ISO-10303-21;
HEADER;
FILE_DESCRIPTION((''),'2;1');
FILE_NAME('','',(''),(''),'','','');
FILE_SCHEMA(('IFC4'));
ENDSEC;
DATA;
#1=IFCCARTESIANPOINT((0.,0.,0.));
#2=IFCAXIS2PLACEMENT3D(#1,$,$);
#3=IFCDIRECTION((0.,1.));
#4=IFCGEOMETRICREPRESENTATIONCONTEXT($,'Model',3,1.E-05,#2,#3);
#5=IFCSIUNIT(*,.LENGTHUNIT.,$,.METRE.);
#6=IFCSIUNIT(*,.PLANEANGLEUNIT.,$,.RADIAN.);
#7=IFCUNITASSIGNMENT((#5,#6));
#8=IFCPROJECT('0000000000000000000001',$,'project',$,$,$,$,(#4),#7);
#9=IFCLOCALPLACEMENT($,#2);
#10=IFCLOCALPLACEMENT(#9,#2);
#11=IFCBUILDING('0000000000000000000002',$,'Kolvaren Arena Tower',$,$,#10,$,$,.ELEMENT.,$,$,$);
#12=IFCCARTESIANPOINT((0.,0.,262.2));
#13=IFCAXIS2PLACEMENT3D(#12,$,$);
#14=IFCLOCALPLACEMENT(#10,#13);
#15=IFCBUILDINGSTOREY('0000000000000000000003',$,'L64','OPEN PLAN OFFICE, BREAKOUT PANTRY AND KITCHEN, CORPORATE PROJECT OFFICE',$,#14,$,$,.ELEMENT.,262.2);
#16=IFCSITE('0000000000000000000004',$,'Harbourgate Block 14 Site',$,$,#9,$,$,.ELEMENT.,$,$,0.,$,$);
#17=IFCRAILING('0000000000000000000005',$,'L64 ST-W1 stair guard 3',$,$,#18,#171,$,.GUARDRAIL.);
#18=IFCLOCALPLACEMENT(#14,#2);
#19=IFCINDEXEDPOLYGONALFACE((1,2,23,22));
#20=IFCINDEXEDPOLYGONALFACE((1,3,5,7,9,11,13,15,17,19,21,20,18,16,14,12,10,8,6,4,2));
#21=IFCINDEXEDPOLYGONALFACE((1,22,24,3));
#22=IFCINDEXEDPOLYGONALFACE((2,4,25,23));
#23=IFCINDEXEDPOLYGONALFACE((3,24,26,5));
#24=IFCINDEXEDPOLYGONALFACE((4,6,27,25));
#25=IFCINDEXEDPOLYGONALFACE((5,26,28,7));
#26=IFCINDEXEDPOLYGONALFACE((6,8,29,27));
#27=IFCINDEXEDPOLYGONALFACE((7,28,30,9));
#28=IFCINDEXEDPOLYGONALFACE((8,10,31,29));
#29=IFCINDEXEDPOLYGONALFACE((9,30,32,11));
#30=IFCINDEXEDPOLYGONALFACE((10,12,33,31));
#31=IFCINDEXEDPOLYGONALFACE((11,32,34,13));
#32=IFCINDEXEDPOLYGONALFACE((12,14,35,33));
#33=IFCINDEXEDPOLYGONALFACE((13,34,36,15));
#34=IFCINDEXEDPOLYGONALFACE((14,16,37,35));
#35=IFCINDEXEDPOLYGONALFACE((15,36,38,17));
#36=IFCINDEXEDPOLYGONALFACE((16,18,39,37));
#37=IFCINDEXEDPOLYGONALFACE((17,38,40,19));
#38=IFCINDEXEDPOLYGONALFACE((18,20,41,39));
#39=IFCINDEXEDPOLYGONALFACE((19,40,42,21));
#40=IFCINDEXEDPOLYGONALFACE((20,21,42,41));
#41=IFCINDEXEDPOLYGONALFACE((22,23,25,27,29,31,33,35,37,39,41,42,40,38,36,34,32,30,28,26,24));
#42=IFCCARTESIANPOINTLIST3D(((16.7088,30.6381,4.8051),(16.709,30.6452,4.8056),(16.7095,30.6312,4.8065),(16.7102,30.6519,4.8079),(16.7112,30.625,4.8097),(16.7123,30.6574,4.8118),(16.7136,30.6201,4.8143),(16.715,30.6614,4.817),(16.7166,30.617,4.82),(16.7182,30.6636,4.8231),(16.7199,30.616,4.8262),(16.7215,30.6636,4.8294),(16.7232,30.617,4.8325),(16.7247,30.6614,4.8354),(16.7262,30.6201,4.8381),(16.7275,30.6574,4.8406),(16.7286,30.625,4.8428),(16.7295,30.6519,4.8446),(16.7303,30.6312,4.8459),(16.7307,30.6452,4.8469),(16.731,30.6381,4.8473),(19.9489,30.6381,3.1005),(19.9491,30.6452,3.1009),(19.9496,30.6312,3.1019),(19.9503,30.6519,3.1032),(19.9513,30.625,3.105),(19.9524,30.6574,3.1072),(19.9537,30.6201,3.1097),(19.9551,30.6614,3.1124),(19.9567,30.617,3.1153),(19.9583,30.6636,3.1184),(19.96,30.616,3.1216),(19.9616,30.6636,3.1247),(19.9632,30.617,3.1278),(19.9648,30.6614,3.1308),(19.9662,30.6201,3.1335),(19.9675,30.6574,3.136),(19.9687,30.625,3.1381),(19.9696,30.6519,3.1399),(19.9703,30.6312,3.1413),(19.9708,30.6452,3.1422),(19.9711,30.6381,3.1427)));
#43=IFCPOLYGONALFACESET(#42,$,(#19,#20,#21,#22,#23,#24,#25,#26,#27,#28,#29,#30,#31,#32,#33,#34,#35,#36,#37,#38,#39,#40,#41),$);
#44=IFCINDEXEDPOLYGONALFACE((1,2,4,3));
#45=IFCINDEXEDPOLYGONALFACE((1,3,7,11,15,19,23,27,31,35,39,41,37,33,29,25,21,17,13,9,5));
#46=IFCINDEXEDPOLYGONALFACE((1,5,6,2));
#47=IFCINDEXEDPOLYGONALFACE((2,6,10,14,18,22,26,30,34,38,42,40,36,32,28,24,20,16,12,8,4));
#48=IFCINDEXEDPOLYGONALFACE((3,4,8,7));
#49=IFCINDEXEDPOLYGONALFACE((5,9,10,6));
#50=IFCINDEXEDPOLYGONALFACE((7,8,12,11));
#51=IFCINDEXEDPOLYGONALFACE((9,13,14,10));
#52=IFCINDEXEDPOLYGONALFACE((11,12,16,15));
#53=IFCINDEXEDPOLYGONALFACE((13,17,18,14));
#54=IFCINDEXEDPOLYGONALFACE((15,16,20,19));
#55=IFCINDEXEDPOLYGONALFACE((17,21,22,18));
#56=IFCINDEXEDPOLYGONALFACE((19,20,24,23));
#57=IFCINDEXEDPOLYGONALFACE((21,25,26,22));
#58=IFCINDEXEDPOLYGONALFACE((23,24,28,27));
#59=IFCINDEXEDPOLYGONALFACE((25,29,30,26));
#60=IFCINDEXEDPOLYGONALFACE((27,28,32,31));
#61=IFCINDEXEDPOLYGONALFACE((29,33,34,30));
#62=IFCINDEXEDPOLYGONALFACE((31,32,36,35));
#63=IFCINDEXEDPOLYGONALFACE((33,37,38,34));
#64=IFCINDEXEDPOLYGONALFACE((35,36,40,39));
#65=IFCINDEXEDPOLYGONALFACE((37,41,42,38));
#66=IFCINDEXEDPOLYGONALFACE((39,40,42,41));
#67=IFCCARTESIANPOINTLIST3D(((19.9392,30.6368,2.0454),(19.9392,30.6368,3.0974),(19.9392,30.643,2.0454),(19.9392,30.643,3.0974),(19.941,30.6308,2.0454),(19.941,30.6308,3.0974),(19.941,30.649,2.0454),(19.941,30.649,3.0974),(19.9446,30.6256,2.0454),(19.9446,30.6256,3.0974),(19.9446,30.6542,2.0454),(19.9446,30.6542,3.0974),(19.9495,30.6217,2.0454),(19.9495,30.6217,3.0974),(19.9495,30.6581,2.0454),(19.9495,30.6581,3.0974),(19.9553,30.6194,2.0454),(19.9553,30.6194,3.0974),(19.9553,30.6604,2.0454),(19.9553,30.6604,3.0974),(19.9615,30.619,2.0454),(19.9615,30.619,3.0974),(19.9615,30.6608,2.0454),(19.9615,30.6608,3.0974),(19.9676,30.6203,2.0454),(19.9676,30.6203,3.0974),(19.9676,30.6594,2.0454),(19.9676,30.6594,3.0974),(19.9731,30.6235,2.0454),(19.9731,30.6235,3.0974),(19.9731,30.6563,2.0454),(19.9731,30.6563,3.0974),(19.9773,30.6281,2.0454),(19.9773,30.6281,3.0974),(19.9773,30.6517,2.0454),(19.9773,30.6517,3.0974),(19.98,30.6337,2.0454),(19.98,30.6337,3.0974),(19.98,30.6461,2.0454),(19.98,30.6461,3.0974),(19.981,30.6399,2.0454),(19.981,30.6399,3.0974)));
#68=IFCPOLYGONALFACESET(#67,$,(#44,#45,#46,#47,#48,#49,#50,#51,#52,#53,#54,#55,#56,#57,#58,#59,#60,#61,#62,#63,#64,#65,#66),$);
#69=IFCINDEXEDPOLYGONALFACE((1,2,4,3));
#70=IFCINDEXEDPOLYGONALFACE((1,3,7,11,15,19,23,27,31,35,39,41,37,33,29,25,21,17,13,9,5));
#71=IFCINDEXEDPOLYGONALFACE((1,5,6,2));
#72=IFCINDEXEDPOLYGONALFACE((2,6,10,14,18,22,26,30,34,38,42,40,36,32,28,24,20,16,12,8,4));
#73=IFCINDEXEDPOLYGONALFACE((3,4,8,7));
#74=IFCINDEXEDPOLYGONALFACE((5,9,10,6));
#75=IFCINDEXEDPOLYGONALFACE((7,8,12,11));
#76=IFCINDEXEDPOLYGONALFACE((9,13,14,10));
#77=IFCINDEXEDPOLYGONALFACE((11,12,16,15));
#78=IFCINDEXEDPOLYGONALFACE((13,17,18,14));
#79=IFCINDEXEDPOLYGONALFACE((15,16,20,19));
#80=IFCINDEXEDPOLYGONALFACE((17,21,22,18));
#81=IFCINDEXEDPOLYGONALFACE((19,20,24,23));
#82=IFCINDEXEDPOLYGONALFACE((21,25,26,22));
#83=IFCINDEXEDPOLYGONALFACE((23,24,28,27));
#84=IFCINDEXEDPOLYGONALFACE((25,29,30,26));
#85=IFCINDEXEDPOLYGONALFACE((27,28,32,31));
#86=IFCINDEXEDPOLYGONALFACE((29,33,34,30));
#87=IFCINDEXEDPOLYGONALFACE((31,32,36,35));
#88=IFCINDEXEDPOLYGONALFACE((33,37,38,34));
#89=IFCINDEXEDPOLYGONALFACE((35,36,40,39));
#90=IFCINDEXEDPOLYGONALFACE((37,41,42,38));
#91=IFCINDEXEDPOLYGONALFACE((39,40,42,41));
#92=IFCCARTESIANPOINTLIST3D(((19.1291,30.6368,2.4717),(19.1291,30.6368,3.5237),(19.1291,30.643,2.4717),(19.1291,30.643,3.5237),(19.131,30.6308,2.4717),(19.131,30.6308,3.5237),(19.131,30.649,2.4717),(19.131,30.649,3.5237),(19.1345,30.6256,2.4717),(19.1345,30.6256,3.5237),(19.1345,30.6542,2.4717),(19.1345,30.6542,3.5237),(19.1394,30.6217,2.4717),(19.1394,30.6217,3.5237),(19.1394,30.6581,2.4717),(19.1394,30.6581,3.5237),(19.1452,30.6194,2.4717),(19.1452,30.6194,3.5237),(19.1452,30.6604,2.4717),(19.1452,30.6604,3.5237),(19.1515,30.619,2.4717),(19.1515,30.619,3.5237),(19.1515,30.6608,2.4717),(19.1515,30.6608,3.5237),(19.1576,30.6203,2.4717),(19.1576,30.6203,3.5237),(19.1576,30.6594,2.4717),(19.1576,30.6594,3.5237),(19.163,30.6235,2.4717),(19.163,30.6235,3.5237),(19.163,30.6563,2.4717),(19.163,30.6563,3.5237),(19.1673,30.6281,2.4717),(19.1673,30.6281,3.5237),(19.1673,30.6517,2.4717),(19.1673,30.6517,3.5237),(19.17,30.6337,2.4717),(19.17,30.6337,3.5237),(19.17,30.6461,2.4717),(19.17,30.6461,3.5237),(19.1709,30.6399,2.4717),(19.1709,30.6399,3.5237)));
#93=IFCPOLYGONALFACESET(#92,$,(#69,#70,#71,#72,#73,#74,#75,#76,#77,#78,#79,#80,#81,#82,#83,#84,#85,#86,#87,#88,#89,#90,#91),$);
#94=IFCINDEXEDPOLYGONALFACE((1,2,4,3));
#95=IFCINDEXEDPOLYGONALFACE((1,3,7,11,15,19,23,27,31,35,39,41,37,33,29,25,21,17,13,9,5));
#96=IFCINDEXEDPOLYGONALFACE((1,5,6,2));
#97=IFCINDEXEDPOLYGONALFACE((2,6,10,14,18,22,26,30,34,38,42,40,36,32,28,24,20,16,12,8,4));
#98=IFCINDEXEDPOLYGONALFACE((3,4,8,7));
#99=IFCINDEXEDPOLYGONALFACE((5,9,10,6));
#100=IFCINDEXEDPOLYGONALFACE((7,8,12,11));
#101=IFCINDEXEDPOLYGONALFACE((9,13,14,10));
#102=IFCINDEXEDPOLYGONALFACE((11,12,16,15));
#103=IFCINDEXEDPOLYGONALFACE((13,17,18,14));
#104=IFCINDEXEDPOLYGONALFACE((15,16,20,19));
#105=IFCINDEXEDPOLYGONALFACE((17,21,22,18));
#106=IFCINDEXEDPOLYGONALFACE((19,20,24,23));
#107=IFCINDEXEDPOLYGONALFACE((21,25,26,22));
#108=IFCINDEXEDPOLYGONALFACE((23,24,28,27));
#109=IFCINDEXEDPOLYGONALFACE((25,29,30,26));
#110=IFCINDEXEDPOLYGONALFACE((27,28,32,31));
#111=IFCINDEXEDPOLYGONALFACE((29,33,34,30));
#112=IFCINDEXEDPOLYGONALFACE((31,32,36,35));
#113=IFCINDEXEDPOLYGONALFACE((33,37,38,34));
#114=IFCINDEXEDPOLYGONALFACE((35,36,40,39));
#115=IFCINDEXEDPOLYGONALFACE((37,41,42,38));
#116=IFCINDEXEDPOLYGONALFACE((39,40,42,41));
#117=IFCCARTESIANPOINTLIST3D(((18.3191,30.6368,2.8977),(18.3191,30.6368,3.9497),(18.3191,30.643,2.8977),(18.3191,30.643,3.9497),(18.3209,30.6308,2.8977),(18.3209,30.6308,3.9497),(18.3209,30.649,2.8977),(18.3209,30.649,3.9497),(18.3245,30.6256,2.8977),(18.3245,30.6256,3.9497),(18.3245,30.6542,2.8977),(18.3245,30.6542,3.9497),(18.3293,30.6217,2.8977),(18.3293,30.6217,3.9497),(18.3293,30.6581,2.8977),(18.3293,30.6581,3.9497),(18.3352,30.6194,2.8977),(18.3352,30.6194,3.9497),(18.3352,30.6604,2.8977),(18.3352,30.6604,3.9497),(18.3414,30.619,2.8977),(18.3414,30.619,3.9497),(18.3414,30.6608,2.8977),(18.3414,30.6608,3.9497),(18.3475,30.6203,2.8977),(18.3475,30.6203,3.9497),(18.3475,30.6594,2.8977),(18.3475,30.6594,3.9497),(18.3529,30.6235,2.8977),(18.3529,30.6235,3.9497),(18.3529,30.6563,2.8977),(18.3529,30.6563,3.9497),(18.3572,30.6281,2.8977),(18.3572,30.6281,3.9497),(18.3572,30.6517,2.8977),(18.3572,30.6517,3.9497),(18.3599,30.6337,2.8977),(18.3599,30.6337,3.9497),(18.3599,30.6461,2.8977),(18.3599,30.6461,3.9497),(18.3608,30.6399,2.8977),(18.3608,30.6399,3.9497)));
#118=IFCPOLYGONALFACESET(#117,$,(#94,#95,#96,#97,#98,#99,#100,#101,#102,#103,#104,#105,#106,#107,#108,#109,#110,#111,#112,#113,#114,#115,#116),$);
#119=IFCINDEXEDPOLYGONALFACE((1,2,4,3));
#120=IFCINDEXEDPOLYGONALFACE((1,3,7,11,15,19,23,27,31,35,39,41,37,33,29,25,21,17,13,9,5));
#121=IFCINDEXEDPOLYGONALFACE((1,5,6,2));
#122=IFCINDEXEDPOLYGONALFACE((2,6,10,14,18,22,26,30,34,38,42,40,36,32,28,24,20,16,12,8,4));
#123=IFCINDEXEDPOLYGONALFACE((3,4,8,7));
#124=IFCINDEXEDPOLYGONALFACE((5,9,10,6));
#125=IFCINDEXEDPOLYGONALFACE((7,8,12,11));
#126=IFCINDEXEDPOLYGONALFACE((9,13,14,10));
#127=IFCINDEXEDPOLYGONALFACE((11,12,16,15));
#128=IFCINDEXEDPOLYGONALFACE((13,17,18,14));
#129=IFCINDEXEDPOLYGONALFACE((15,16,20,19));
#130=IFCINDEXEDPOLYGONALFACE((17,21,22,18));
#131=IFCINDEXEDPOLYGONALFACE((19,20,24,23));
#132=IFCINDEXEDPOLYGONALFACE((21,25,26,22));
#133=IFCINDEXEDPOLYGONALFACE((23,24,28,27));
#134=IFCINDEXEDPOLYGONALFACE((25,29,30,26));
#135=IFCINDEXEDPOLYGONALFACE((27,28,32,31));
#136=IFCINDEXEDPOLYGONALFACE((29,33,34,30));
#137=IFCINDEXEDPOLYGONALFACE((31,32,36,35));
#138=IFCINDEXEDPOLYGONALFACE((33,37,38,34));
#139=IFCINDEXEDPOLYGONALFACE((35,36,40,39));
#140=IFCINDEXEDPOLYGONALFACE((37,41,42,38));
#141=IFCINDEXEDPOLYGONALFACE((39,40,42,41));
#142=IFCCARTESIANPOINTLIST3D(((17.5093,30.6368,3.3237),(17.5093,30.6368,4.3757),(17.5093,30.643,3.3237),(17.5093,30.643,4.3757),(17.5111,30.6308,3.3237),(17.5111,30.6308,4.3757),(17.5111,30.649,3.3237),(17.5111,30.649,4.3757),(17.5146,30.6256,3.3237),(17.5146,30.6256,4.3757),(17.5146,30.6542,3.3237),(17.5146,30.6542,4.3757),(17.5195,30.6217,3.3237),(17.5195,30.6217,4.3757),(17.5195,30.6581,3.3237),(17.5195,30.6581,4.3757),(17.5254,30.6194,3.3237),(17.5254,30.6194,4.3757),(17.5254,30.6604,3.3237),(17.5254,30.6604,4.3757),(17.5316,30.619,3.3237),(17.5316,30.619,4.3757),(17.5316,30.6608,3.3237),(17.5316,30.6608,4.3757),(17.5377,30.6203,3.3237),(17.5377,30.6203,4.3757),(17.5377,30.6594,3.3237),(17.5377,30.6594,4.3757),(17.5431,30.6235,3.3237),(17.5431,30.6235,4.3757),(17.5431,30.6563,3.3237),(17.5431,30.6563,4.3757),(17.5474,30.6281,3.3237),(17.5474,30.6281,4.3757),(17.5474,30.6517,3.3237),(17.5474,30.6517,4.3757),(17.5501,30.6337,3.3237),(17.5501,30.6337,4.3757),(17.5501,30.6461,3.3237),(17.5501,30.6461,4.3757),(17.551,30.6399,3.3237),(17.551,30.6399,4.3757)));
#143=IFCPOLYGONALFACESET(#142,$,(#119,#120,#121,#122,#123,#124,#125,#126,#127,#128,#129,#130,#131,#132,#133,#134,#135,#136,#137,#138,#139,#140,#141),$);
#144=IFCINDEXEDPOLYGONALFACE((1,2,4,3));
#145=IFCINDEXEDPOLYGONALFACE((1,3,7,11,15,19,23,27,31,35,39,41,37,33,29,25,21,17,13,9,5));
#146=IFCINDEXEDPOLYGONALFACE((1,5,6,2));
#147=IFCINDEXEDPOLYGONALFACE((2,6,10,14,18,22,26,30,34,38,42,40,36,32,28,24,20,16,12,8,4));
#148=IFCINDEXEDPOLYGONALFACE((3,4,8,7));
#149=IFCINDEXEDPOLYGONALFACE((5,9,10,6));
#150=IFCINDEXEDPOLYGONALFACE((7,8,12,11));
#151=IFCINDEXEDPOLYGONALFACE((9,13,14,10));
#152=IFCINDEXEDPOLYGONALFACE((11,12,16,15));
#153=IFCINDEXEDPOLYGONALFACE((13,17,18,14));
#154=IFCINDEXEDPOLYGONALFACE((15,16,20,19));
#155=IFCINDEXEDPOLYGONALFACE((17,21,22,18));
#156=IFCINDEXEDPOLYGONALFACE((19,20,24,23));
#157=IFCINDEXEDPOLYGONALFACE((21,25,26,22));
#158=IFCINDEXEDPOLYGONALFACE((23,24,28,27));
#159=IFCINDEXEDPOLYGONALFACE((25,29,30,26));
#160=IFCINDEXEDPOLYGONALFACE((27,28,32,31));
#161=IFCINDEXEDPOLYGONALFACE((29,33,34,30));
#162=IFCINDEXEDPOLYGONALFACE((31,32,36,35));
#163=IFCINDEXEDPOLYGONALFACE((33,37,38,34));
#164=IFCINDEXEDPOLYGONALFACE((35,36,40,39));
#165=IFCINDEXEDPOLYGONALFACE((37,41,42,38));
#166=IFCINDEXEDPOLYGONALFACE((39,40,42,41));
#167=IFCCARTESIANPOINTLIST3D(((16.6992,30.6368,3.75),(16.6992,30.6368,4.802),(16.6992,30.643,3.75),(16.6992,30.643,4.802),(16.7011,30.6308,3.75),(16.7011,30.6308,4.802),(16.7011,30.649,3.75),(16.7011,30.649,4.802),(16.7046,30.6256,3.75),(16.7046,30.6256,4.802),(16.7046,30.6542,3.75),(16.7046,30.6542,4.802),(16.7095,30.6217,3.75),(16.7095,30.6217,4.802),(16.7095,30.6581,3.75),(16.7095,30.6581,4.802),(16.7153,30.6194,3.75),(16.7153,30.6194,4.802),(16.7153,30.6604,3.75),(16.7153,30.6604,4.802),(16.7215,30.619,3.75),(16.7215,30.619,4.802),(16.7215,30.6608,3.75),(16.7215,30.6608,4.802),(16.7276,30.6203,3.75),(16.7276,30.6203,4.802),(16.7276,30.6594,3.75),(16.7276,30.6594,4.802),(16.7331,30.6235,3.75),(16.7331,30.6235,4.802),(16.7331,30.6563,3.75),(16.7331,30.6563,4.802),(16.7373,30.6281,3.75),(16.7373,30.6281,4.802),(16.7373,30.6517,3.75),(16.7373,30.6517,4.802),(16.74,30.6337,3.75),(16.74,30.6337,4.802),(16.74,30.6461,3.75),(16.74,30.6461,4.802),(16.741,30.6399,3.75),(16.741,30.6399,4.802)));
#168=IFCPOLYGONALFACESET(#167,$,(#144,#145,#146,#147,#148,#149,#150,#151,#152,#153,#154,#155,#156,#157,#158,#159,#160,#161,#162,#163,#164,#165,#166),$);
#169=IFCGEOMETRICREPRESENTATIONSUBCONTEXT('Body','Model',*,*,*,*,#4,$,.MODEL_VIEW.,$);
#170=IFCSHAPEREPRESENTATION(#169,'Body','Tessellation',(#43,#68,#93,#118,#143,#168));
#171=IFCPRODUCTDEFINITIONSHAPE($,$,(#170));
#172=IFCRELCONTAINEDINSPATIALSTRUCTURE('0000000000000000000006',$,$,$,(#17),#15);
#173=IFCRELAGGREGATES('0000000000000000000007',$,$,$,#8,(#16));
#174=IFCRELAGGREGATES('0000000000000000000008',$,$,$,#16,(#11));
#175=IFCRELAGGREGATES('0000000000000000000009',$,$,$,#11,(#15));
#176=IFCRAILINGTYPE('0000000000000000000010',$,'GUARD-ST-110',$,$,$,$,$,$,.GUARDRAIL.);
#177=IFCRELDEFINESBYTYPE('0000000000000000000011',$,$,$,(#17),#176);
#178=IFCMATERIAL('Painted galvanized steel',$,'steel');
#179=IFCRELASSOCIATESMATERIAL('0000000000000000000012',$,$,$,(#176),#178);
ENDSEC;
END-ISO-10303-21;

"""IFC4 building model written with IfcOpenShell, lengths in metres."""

from ifc_helpers import new_model, si_unit, direction, frame, origin, origin_2d, place, context, subcontext, project, spatial, circle, extrude, material, type_object, element, save


model = new_model("IFC4")

# Units and contexts
model_context = context("Model", 3, precision=1e-05, world=origin(), true_north=direction((0.0, 1.0)))
body_context = subcontext(model_context, "Body", "Model", "MODEL_VIEW")
ifc_project = project(units=[si_unit("LENGTHUNIT", "METRE"), si_unit("PLANEANGLEUNIT", "RADIAN")], contexts=[model_context])

# Site, building, storey
site_placement = place(None, origin())
site = spatial("IfcSite", under=ifc_project, at=site_placement, Name="Harbourgate Block 14 Site", CompositionType="ELEMENT", RefElevation=0.0)
building_placement = place(site_placement, origin())
building = spatial("IfcBuilding", under=site, at=building_placement, Name="Kolvaren Arena Tower", CompositionType="ELEMENT")
storey_placement = place(building_placement, frame((0.0, 0.0, 262.2)))
storey = spatial("IfcBuildingStorey", under=building, at=storey_placement, Name="L64", Description="OPEN PLAN OFFICE, BREAKOUT PANTRY AND KITCHEN, CORPORATE PROJECT OFFICE", CompositionType="ELEMENT", Elevation=262.2)

# Railing
ifc_material_1 = material(Name="Painted galvanized steel", Category="steel")
railing_type_1 = type_object("IfcRailingType", Name="GUARD-ST-110", PredefinedType="GUARDRAIL", material=ifc_material_1)
railing_1_placement = place(storey_placement, frame((19.96, 30.6399, 2.0454)))
element("IfcRailing", 1, at=railing_1_placement, inside=storey, type_object=railing_type_1, Name="L64 ST-W1 stair guard 3", PredefinedType="GUARDRAIL", context=body_context, shape_type="SweptSolid", body=[
    extrude(circle(Radius=0.0239, at=origin_2d()), frame((0.0, 0.0, 1.0762), z_axis=(-0.884993, 0.0, 0.465604), x_axis=(0.0, -1.0, 0.0)), (0.0, 0.0, 1.0), 3.6611),
    extrude(circle(Radius=0.021, at=origin_2d()), origin(), (0.0, 0.0, 1.0), 1.052),
    extrude(circle(Radius=0.021, at=origin_2d()), frame((-0.8101, 0.0, 0.4263)), (0.0, 0.0, 1.0), 1.052),
    extrude(circle(Radius=0.021, at=origin_2d()), frame((-1.6201, 0.0, 0.8523)), (0.0, 0.0, 1.0), 1.052),
    extrude(circle(Radius=0.021, at=origin_2d()), frame((-2.4299, 0.0, 1.2783)), (0.0, 0.0, 1.0), 1.052),
    extrude(circle(Radius=0.021, at=origin_2d()), frame((-3.24, 0.0, 1.7046)), (0.0, 0.0, 1.0), 1.052),
])

save(model, "model.ifc")
